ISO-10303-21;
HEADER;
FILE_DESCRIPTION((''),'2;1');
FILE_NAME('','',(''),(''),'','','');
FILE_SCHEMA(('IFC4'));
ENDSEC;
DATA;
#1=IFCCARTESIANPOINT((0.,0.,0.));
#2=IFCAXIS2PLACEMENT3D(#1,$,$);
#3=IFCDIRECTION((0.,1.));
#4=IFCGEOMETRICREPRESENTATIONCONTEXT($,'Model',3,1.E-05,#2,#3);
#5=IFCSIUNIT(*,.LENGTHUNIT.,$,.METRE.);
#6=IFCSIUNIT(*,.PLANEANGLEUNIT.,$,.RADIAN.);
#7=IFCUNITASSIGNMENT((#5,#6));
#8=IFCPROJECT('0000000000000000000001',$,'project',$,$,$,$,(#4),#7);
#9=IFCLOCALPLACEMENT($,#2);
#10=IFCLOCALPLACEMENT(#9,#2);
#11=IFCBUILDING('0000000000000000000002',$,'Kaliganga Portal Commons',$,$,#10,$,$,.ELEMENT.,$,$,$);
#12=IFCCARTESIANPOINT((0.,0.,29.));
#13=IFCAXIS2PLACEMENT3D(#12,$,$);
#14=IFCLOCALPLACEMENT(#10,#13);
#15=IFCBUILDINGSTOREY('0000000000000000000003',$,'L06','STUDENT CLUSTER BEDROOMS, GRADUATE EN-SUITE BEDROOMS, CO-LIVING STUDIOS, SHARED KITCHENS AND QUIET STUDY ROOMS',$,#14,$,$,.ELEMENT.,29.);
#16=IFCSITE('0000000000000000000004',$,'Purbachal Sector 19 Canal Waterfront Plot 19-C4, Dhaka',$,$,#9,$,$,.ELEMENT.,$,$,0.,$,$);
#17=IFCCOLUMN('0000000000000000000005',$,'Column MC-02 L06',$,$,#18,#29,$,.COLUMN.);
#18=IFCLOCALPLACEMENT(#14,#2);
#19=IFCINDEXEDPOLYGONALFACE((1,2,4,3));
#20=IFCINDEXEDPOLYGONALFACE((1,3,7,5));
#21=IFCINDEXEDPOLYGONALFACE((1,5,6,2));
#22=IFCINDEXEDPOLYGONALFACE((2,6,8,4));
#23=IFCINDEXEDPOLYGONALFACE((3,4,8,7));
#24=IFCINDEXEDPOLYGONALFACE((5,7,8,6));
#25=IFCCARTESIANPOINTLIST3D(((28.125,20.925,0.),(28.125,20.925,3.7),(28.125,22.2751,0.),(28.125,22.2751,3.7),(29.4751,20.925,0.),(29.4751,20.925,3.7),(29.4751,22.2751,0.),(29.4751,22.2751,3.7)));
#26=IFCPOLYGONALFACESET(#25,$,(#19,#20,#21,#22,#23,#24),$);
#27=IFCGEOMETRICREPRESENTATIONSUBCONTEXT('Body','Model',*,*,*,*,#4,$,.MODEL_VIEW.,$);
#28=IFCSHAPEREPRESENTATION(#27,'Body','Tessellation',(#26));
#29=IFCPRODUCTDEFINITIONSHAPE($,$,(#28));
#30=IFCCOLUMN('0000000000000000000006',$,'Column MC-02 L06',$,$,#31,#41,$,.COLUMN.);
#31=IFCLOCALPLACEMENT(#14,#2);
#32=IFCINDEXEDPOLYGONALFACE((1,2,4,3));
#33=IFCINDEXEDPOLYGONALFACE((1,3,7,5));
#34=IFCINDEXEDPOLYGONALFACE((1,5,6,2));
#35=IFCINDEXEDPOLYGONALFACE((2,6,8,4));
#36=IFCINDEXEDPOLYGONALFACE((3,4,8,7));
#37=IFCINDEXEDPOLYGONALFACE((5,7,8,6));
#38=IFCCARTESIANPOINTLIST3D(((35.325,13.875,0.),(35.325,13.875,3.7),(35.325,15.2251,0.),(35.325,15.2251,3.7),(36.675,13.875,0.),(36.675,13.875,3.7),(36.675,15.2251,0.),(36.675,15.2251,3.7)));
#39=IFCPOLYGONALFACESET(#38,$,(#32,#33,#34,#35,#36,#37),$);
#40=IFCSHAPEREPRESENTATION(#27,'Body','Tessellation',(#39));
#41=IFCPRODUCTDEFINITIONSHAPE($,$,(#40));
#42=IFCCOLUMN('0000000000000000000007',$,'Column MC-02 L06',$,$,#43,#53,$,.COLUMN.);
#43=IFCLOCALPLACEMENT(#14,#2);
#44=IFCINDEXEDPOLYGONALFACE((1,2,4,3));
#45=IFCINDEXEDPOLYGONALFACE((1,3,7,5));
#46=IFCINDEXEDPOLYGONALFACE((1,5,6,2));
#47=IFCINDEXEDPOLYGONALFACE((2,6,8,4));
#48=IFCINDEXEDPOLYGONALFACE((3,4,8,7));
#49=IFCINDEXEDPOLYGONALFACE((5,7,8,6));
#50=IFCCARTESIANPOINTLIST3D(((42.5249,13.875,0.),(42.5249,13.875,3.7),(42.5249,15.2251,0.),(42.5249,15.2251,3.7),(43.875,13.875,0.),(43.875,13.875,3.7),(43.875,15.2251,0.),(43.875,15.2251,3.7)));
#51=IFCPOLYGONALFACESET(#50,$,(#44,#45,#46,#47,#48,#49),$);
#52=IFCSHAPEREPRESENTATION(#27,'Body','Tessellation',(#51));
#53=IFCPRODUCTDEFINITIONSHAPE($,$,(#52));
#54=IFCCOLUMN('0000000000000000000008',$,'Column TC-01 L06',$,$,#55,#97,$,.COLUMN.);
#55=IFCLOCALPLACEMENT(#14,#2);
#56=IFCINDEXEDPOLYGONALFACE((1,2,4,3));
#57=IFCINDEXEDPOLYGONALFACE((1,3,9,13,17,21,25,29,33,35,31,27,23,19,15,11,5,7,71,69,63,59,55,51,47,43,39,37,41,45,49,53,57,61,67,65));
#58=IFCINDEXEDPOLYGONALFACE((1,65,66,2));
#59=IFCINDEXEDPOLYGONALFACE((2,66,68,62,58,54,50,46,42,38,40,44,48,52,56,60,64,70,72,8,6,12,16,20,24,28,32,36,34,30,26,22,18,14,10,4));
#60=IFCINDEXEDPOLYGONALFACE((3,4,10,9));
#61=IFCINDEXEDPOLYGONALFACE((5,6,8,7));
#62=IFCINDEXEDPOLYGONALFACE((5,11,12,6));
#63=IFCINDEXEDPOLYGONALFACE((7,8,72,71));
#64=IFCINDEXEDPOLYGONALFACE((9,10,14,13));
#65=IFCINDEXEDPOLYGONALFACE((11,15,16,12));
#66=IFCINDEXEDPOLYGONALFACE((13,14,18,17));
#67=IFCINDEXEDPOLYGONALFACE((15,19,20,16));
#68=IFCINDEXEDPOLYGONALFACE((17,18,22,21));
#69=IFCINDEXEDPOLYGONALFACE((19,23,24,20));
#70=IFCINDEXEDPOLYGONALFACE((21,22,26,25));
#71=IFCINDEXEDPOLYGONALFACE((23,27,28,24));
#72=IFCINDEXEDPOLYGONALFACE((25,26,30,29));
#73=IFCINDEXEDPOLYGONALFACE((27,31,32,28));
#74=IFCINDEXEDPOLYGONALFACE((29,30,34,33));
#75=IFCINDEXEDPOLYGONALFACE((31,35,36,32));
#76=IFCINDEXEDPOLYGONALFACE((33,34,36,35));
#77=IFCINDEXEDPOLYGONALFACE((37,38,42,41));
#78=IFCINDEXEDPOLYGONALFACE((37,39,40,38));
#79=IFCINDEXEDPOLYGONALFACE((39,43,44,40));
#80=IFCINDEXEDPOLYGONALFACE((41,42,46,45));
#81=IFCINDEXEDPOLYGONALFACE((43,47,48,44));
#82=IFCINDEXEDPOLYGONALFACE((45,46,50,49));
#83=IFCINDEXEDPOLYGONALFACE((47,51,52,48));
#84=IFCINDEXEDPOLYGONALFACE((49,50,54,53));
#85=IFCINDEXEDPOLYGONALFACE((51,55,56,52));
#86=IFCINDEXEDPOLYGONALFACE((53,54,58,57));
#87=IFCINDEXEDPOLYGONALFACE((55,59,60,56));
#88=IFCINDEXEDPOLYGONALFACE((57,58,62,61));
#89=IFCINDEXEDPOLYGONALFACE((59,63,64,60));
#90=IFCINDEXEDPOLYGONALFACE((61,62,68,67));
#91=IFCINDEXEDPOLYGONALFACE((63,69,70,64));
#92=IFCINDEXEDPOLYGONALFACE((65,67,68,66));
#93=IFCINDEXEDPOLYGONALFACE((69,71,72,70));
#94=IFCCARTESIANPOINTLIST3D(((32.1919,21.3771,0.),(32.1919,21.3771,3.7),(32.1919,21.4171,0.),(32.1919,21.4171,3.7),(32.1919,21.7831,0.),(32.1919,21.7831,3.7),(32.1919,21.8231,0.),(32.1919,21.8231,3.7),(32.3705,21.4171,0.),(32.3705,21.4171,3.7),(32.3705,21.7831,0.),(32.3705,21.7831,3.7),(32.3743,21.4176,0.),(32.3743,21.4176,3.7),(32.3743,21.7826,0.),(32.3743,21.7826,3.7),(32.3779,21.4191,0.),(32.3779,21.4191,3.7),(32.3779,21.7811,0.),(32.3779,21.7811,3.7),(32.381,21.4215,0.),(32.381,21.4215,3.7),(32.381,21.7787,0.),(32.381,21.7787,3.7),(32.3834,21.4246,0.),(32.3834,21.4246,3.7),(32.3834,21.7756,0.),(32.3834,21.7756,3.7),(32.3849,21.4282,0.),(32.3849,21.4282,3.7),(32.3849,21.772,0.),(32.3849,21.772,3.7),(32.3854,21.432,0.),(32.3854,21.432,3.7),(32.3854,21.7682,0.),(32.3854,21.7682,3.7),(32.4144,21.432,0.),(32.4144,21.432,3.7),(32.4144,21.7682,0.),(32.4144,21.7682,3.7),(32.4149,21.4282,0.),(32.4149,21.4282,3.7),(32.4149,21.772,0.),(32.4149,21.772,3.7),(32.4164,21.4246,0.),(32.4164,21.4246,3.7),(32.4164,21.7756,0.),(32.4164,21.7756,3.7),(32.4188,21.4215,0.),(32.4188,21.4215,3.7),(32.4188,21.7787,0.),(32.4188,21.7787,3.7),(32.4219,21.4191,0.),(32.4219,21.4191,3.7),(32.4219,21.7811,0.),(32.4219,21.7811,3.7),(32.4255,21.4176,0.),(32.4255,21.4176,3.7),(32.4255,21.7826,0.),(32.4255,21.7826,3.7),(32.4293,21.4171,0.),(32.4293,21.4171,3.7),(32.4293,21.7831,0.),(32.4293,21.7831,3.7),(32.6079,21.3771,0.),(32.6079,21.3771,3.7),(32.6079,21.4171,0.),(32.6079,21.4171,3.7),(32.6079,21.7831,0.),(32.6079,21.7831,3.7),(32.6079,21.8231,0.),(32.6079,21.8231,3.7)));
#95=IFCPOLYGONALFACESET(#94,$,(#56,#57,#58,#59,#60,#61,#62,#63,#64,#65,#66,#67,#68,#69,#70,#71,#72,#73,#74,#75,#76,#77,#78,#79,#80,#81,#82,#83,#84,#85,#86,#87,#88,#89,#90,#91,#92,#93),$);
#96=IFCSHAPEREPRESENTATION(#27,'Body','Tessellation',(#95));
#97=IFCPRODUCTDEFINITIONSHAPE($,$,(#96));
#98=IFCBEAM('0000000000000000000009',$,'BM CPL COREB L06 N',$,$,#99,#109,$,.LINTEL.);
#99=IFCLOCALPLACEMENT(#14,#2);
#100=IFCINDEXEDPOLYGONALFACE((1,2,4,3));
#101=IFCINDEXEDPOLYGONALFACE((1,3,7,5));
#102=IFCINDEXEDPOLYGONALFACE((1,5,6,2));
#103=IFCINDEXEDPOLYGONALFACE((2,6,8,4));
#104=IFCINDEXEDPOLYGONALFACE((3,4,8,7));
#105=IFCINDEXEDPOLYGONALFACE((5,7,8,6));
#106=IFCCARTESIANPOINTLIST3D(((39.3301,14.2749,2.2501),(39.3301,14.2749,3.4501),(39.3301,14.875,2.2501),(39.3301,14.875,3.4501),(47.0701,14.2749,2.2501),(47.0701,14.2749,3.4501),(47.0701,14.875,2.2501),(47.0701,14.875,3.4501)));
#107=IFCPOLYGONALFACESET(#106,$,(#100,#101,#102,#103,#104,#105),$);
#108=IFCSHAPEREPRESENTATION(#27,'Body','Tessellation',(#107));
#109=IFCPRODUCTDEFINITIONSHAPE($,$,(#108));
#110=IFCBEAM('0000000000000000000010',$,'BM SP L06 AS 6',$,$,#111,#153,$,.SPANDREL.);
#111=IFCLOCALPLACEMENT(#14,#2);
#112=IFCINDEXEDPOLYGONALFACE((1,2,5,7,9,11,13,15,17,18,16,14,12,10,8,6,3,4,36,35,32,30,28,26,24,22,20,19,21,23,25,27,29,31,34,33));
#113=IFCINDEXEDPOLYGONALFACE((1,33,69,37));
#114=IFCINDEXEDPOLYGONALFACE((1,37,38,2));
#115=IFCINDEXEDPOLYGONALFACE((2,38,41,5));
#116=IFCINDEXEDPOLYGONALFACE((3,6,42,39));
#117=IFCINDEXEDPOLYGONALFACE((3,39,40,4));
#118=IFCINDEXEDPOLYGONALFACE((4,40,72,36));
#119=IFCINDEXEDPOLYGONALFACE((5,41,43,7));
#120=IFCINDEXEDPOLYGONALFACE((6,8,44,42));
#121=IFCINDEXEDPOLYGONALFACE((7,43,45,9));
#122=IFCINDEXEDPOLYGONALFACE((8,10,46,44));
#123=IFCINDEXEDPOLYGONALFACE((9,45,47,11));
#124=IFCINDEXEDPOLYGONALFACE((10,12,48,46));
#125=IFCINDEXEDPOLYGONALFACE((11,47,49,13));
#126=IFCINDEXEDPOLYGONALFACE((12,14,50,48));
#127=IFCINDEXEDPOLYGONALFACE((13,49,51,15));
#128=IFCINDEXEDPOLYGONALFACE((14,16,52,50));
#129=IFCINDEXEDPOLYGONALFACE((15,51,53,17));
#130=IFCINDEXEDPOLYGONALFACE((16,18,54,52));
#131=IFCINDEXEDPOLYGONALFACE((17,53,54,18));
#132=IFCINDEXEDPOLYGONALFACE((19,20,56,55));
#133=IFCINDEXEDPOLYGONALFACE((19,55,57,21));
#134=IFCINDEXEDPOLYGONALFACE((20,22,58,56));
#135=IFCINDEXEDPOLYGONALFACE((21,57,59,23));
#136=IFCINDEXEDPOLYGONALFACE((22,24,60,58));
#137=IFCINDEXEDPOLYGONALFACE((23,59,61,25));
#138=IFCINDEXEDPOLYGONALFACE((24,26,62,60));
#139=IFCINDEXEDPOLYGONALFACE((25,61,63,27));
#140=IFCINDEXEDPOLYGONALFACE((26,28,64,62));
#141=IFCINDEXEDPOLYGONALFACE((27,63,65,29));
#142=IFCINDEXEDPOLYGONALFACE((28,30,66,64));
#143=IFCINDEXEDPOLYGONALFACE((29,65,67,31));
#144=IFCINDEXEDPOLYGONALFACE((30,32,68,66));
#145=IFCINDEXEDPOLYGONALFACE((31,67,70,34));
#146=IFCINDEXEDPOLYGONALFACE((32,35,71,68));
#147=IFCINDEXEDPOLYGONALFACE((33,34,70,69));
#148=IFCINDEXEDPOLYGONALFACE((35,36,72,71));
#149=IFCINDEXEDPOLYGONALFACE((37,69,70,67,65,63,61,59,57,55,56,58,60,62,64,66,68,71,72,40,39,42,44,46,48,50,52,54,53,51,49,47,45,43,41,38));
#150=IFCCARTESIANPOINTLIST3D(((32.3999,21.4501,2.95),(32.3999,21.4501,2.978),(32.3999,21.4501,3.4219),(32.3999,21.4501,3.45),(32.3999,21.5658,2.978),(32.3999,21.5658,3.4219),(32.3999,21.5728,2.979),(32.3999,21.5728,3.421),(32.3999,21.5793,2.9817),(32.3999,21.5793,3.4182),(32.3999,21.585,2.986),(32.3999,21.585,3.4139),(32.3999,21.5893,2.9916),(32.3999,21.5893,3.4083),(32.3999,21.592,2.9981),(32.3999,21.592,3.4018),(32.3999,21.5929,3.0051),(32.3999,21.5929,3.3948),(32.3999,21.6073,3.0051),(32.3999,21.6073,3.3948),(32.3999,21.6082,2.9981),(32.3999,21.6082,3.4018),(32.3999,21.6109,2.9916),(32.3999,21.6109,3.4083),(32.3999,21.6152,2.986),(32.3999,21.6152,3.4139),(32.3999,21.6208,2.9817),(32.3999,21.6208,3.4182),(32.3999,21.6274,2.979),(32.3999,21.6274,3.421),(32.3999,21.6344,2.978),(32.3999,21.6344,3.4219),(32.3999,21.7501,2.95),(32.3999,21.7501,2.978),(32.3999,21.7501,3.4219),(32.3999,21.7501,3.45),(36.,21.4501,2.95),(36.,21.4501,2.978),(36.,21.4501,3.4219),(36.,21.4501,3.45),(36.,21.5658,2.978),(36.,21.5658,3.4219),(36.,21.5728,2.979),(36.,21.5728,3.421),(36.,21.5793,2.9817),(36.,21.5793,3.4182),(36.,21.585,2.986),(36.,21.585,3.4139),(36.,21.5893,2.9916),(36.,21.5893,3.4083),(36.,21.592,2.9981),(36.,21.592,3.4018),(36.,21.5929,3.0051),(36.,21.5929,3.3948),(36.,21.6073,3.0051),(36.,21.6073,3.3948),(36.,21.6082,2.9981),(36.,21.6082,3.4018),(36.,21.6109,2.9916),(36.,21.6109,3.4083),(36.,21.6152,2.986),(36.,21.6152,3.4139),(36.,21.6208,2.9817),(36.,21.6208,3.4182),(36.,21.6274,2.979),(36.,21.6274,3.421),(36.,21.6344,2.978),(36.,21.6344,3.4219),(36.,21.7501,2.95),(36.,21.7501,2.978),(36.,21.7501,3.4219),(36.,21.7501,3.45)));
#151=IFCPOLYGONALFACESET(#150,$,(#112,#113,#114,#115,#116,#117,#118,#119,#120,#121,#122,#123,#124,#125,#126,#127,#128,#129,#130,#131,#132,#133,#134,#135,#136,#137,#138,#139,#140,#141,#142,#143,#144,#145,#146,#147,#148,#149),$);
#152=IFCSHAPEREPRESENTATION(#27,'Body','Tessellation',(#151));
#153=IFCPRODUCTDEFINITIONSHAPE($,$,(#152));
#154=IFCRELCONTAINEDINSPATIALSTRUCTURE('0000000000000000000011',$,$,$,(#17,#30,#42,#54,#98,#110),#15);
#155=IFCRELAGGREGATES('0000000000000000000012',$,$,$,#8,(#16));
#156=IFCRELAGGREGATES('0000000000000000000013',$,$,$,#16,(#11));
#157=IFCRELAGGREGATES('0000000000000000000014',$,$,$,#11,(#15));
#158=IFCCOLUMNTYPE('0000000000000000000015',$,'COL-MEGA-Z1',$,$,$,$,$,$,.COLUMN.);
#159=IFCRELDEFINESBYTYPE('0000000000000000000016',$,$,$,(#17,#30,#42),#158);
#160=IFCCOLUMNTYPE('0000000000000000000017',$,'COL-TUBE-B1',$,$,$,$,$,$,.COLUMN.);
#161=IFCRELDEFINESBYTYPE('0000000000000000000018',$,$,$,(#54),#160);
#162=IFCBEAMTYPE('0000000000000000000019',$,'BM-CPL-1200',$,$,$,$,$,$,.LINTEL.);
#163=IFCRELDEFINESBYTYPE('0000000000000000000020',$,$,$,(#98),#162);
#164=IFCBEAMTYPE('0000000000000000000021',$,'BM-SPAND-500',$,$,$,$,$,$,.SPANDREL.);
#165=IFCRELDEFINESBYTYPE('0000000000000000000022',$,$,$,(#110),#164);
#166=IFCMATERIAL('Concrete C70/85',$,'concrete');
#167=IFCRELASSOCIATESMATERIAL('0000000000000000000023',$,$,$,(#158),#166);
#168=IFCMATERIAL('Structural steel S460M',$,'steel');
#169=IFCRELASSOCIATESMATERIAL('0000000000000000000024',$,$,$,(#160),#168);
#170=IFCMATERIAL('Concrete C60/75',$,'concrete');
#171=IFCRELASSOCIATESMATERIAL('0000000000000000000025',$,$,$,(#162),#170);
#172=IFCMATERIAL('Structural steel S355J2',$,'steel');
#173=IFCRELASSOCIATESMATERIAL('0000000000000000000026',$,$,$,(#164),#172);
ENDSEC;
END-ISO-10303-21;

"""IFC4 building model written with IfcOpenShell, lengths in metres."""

from ifc_helpers import new_model, si_unit, direction, frame, origin, origin_2d, place, context, subcontext, project, spatial, rectangle, i_section, extrude, source, transform, mapped, material, material_profile, profile_set, type_object, element, save


model = new_model("IFC4")

# Units and contexts
model_context = context("Model", 3, precision=1e-05, world=origin(), true_north=direction((0.0, 1.0)))
body_context = subcontext(model_context, "Body", "Model", "MODEL_VIEW")
ifc_project = project(units=[si_unit("LENGTHUNIT", "METRE"), si_unit("PLANEANGLEUNIT", "RADIAN")], contexts=[model_context])

# Site, building, storey
site_placement = place(None, origin())
site = spatial("IfcSite", under=ifc_project, at=site_placement, Name="Purbachal Sector 19 Canal Waterfront Plot 19-C4, Dhaka", CompositionType="ELEMENT", RefElevation=0.0)
building_placement = place(site_placement, origin())
building = spatial("IfcBuilding", under=site, at=building_placement, Name="Kaliganga Portal Commons", CompositionType="ELEMENT")
storey_placement = place(building_placement, frame((0.0, 0.0, 29.0)))
storey = spatial("IfcBuildingStorey", under=building, at=storey_placement, Name="L06", Description="STUDENT CLUSTER BEDROOMS, GRADUATE EN-SUITE BEDROOMS, CO-LIVING STUDIOS, SHARED KITCHENS AND QUIET STUDY ROOMS", CompositionType="ELEMENT", Elevation=29.0)

# Columns
ifc_material_1 = material(Name="Concrete C70/85", Category="concrete")
ifc_material_profile_1 = material_profile(ifc_material_1, rectangle(XDim=1.3501, YDim=1.3501, at=origin_2d()), Name="RC 1350x1350")
ifc_profile_set_1 = profile_set([ifc_material_profile_1], Name="Concrete C70/85")
column_type_1 = type_object("IfcColumnType", Name="COL-MEGA-Z1", PredefinedType="COLUMN", material=ifc_profile_set_1)
shared_shape_1 = source(origin(), body_context, "Body", "SweptSolid", [
    extrude(rectangle(XDim=1.3501, YDim=1.3501, at=origin_2d()), origin(), (0.0, 0.0, 1.0), 3.7),
])
for number, where, z_axis, x_axis, name in (
    (1, (28.8, 21.6001, 0.0), (0.0, 0.0, 1.0), (1.0, 0.0, 0.0), "Column MC-02 L06"),
    (2, (36.0, 14.55, 0.0), (0.0, 0.0, 1.0), (1.0, 0.0, 0.0), "Column MC-02 L06"),
    (3, (43.2, 14.55, 0.0), (0.0, 0.0, 1.0), (1.0, 0.0, 0.0), "Column MC-02 L06"),
):
    element("IfcColumn", number, at=place(storey_placement, frame(where, z_axis=z_axis, x_axis=x_axis)), inside=storey, type_object=column_type_1, Name=name, PredefinedType="COLUMN", context=body_context, shape_type="MappedRepresentation", body=[
        mapped(shared_shape_1, transform((0.0, 0.0, 0.0), x_axis=(1.0, 0.0, 0.0), y_axis=(0.0, 1.0, 0.0), z_axis=(0.0, 0.0, 1.0), scale=1.0)),
    ])
ifc_material_2 = material(Name="Structural steel S460M", Category="steel")
ifc_material_profile_2 = material_profile(ifc_material_2, i_section(OverallWidth=0.416, OverallDepth=0.446, WebThickness=0.0291, FlangeThickness=0.04, FilletRadius=0.0149, at=origin_2d()), Name="HD 400x509")
ifc_profile_set_2 = profile_set([ifc_material_profile_2], Name="Structural steel S460M wide-flange")
column_type_2 = type_object("IfcColumnType", Name="COL-TUBE-B1", PredefinedType="COLUMN", material=ifc_profile_set_2)
shared_shape_2 = source(origin(), body_context, "Body", "SweptSolid", [
    extrude(i_section(OverallWidth=0.416, OverallDepth=0.446, WebThickness=0.0291, FlangeThickness=0.04, FilletRadius=0.0149, at=origin_2d()), origin(), (0.0, 0.0, 1.0), 3.7),
])
column_placement = place(storey_placement, frame((32.3999, 21.6001, 0.0), z_axis=(0.0, 0.0, 1.0), x_axis=(1.0, 0.0, 0.0)))
element("IfcColumn", 4, at=column_placement, inside=storey, type_object=column_type_2, Name="Column TC-01 L06", PredefinedType="COLUMN", context=body_context, shape_type="MappedRepresentation", body=[
    mapped(shared_shape_2, transform((0.0, 0.0, 0.0), x_axis=(1.0, 0.0, 0.0), y_axis=(0.0, 1.0, 0.0), z_axis=(0.0, 0.0, 1.0), scale=1.0)),
])

# Beams
ifc_material_3 = material(Name="Concrete C60/75", Category="concrete")
ifc_material_profile_3 = material_profile(ifc_material_3, rectangle(XDim=0.6001, YDim=1.2, at=origin_2d()), Name="RC 600x1200")
ifc_profile_set_3 = profile_set([ifc_material_profile_3], Name="Concrete C60/75")
beam_type_1 = type_object("IfcBeamType", Name="BM-CPL-1200", PredefinedType="LINTEL", material=ifc_profile_set_3)
shared_shape_3 = source(origin(), body_context, "Body", "SweptSolid", [
    extrude(rectangle(XDim=0.6001, YDim=1.2, at=origin_2d()), origin(), (0.0, 0.0, 1.0), 7.74),
])
beam_1_placement = place(storey_placement, frame((39.3301, 14.575, 2.8501), z_axis=(1.0, 0.0, 0.0), x_axis=(0.0, 1.0, 0.0)))
element("IfcBeam", 5, at=beam_1_placement, inside=storey, type_object=beam_type_1, Name="BM CPL COREB L06 N", PredefinedType="LINTEL", context=body_context, shape_type="MappedRepresentation", body=[
    mapped(shared_shape_3, transform((0.0, 0.0, 0.0), x_axis=(1.0, 0.0, 0.0), y_axis=(0.0, 1.0, 0.0), z_axis=(0.0, 0.0, 1.0), scale=1.0)),
])
ifc_material_4 = material(Name="Structural steel S355J2", Category="steel")
ifc_material_profile_4 = material_profile(ifc_material_4, i_section(OverallWidth=0.3, OverallDepth=0.5, WebThickness=0.0144, FlangeThickness=0.0281, FilletRadius=0.0271, at=origin_2d()), Name="HE 500 B")
ifc_profile_set_4 = profile_set([ifc_material_profile_4], Name="Structural steel S355J2 wide-flange")
beam_type_2 = type_object("IfcBeamType", Name="BM-SPAND-500", PredefinedType="SPANDREL", material=ifc_profile_set_4)
shared_shape_4 = source(origin(), body_context, "Body", "SweptSolid", [
    extrude(i_section(OverallWidth=0.3, OverallDepth=0.5, WebThickness=0.0144, FlangeThickness=0.0281, FilletRadius=0.0271, at=origin_2d()), origin(), (0.0, 0.0, 1.0), 3.6001),
])
beam_2_placement = place(storey_placement, frame((32.3999, 21.6001, 3.2), z_axis=(1.0, 0.0, 0.0), x_axis=(0.0, 1.0, 0.0)))
element("IfcBeam", 6, at=beam_2_placement, inside=storey, type_object=beam_type_2, Name="BM SP L06 AS 6", PredefinedType="SPANDREL", context=body_context, shape_type="MappedRepresentation", body=[
    mapped(shared_shape_4, transform((0.0, 0.0, 0.0), x_axis=(1.0, 0.0, 0.0), y_axis=(0.0, 1.0, 0.0), z_axis=(0.0, 0.0, 1.0), scale=1.0)),
])

save(model, "model.ifc")
